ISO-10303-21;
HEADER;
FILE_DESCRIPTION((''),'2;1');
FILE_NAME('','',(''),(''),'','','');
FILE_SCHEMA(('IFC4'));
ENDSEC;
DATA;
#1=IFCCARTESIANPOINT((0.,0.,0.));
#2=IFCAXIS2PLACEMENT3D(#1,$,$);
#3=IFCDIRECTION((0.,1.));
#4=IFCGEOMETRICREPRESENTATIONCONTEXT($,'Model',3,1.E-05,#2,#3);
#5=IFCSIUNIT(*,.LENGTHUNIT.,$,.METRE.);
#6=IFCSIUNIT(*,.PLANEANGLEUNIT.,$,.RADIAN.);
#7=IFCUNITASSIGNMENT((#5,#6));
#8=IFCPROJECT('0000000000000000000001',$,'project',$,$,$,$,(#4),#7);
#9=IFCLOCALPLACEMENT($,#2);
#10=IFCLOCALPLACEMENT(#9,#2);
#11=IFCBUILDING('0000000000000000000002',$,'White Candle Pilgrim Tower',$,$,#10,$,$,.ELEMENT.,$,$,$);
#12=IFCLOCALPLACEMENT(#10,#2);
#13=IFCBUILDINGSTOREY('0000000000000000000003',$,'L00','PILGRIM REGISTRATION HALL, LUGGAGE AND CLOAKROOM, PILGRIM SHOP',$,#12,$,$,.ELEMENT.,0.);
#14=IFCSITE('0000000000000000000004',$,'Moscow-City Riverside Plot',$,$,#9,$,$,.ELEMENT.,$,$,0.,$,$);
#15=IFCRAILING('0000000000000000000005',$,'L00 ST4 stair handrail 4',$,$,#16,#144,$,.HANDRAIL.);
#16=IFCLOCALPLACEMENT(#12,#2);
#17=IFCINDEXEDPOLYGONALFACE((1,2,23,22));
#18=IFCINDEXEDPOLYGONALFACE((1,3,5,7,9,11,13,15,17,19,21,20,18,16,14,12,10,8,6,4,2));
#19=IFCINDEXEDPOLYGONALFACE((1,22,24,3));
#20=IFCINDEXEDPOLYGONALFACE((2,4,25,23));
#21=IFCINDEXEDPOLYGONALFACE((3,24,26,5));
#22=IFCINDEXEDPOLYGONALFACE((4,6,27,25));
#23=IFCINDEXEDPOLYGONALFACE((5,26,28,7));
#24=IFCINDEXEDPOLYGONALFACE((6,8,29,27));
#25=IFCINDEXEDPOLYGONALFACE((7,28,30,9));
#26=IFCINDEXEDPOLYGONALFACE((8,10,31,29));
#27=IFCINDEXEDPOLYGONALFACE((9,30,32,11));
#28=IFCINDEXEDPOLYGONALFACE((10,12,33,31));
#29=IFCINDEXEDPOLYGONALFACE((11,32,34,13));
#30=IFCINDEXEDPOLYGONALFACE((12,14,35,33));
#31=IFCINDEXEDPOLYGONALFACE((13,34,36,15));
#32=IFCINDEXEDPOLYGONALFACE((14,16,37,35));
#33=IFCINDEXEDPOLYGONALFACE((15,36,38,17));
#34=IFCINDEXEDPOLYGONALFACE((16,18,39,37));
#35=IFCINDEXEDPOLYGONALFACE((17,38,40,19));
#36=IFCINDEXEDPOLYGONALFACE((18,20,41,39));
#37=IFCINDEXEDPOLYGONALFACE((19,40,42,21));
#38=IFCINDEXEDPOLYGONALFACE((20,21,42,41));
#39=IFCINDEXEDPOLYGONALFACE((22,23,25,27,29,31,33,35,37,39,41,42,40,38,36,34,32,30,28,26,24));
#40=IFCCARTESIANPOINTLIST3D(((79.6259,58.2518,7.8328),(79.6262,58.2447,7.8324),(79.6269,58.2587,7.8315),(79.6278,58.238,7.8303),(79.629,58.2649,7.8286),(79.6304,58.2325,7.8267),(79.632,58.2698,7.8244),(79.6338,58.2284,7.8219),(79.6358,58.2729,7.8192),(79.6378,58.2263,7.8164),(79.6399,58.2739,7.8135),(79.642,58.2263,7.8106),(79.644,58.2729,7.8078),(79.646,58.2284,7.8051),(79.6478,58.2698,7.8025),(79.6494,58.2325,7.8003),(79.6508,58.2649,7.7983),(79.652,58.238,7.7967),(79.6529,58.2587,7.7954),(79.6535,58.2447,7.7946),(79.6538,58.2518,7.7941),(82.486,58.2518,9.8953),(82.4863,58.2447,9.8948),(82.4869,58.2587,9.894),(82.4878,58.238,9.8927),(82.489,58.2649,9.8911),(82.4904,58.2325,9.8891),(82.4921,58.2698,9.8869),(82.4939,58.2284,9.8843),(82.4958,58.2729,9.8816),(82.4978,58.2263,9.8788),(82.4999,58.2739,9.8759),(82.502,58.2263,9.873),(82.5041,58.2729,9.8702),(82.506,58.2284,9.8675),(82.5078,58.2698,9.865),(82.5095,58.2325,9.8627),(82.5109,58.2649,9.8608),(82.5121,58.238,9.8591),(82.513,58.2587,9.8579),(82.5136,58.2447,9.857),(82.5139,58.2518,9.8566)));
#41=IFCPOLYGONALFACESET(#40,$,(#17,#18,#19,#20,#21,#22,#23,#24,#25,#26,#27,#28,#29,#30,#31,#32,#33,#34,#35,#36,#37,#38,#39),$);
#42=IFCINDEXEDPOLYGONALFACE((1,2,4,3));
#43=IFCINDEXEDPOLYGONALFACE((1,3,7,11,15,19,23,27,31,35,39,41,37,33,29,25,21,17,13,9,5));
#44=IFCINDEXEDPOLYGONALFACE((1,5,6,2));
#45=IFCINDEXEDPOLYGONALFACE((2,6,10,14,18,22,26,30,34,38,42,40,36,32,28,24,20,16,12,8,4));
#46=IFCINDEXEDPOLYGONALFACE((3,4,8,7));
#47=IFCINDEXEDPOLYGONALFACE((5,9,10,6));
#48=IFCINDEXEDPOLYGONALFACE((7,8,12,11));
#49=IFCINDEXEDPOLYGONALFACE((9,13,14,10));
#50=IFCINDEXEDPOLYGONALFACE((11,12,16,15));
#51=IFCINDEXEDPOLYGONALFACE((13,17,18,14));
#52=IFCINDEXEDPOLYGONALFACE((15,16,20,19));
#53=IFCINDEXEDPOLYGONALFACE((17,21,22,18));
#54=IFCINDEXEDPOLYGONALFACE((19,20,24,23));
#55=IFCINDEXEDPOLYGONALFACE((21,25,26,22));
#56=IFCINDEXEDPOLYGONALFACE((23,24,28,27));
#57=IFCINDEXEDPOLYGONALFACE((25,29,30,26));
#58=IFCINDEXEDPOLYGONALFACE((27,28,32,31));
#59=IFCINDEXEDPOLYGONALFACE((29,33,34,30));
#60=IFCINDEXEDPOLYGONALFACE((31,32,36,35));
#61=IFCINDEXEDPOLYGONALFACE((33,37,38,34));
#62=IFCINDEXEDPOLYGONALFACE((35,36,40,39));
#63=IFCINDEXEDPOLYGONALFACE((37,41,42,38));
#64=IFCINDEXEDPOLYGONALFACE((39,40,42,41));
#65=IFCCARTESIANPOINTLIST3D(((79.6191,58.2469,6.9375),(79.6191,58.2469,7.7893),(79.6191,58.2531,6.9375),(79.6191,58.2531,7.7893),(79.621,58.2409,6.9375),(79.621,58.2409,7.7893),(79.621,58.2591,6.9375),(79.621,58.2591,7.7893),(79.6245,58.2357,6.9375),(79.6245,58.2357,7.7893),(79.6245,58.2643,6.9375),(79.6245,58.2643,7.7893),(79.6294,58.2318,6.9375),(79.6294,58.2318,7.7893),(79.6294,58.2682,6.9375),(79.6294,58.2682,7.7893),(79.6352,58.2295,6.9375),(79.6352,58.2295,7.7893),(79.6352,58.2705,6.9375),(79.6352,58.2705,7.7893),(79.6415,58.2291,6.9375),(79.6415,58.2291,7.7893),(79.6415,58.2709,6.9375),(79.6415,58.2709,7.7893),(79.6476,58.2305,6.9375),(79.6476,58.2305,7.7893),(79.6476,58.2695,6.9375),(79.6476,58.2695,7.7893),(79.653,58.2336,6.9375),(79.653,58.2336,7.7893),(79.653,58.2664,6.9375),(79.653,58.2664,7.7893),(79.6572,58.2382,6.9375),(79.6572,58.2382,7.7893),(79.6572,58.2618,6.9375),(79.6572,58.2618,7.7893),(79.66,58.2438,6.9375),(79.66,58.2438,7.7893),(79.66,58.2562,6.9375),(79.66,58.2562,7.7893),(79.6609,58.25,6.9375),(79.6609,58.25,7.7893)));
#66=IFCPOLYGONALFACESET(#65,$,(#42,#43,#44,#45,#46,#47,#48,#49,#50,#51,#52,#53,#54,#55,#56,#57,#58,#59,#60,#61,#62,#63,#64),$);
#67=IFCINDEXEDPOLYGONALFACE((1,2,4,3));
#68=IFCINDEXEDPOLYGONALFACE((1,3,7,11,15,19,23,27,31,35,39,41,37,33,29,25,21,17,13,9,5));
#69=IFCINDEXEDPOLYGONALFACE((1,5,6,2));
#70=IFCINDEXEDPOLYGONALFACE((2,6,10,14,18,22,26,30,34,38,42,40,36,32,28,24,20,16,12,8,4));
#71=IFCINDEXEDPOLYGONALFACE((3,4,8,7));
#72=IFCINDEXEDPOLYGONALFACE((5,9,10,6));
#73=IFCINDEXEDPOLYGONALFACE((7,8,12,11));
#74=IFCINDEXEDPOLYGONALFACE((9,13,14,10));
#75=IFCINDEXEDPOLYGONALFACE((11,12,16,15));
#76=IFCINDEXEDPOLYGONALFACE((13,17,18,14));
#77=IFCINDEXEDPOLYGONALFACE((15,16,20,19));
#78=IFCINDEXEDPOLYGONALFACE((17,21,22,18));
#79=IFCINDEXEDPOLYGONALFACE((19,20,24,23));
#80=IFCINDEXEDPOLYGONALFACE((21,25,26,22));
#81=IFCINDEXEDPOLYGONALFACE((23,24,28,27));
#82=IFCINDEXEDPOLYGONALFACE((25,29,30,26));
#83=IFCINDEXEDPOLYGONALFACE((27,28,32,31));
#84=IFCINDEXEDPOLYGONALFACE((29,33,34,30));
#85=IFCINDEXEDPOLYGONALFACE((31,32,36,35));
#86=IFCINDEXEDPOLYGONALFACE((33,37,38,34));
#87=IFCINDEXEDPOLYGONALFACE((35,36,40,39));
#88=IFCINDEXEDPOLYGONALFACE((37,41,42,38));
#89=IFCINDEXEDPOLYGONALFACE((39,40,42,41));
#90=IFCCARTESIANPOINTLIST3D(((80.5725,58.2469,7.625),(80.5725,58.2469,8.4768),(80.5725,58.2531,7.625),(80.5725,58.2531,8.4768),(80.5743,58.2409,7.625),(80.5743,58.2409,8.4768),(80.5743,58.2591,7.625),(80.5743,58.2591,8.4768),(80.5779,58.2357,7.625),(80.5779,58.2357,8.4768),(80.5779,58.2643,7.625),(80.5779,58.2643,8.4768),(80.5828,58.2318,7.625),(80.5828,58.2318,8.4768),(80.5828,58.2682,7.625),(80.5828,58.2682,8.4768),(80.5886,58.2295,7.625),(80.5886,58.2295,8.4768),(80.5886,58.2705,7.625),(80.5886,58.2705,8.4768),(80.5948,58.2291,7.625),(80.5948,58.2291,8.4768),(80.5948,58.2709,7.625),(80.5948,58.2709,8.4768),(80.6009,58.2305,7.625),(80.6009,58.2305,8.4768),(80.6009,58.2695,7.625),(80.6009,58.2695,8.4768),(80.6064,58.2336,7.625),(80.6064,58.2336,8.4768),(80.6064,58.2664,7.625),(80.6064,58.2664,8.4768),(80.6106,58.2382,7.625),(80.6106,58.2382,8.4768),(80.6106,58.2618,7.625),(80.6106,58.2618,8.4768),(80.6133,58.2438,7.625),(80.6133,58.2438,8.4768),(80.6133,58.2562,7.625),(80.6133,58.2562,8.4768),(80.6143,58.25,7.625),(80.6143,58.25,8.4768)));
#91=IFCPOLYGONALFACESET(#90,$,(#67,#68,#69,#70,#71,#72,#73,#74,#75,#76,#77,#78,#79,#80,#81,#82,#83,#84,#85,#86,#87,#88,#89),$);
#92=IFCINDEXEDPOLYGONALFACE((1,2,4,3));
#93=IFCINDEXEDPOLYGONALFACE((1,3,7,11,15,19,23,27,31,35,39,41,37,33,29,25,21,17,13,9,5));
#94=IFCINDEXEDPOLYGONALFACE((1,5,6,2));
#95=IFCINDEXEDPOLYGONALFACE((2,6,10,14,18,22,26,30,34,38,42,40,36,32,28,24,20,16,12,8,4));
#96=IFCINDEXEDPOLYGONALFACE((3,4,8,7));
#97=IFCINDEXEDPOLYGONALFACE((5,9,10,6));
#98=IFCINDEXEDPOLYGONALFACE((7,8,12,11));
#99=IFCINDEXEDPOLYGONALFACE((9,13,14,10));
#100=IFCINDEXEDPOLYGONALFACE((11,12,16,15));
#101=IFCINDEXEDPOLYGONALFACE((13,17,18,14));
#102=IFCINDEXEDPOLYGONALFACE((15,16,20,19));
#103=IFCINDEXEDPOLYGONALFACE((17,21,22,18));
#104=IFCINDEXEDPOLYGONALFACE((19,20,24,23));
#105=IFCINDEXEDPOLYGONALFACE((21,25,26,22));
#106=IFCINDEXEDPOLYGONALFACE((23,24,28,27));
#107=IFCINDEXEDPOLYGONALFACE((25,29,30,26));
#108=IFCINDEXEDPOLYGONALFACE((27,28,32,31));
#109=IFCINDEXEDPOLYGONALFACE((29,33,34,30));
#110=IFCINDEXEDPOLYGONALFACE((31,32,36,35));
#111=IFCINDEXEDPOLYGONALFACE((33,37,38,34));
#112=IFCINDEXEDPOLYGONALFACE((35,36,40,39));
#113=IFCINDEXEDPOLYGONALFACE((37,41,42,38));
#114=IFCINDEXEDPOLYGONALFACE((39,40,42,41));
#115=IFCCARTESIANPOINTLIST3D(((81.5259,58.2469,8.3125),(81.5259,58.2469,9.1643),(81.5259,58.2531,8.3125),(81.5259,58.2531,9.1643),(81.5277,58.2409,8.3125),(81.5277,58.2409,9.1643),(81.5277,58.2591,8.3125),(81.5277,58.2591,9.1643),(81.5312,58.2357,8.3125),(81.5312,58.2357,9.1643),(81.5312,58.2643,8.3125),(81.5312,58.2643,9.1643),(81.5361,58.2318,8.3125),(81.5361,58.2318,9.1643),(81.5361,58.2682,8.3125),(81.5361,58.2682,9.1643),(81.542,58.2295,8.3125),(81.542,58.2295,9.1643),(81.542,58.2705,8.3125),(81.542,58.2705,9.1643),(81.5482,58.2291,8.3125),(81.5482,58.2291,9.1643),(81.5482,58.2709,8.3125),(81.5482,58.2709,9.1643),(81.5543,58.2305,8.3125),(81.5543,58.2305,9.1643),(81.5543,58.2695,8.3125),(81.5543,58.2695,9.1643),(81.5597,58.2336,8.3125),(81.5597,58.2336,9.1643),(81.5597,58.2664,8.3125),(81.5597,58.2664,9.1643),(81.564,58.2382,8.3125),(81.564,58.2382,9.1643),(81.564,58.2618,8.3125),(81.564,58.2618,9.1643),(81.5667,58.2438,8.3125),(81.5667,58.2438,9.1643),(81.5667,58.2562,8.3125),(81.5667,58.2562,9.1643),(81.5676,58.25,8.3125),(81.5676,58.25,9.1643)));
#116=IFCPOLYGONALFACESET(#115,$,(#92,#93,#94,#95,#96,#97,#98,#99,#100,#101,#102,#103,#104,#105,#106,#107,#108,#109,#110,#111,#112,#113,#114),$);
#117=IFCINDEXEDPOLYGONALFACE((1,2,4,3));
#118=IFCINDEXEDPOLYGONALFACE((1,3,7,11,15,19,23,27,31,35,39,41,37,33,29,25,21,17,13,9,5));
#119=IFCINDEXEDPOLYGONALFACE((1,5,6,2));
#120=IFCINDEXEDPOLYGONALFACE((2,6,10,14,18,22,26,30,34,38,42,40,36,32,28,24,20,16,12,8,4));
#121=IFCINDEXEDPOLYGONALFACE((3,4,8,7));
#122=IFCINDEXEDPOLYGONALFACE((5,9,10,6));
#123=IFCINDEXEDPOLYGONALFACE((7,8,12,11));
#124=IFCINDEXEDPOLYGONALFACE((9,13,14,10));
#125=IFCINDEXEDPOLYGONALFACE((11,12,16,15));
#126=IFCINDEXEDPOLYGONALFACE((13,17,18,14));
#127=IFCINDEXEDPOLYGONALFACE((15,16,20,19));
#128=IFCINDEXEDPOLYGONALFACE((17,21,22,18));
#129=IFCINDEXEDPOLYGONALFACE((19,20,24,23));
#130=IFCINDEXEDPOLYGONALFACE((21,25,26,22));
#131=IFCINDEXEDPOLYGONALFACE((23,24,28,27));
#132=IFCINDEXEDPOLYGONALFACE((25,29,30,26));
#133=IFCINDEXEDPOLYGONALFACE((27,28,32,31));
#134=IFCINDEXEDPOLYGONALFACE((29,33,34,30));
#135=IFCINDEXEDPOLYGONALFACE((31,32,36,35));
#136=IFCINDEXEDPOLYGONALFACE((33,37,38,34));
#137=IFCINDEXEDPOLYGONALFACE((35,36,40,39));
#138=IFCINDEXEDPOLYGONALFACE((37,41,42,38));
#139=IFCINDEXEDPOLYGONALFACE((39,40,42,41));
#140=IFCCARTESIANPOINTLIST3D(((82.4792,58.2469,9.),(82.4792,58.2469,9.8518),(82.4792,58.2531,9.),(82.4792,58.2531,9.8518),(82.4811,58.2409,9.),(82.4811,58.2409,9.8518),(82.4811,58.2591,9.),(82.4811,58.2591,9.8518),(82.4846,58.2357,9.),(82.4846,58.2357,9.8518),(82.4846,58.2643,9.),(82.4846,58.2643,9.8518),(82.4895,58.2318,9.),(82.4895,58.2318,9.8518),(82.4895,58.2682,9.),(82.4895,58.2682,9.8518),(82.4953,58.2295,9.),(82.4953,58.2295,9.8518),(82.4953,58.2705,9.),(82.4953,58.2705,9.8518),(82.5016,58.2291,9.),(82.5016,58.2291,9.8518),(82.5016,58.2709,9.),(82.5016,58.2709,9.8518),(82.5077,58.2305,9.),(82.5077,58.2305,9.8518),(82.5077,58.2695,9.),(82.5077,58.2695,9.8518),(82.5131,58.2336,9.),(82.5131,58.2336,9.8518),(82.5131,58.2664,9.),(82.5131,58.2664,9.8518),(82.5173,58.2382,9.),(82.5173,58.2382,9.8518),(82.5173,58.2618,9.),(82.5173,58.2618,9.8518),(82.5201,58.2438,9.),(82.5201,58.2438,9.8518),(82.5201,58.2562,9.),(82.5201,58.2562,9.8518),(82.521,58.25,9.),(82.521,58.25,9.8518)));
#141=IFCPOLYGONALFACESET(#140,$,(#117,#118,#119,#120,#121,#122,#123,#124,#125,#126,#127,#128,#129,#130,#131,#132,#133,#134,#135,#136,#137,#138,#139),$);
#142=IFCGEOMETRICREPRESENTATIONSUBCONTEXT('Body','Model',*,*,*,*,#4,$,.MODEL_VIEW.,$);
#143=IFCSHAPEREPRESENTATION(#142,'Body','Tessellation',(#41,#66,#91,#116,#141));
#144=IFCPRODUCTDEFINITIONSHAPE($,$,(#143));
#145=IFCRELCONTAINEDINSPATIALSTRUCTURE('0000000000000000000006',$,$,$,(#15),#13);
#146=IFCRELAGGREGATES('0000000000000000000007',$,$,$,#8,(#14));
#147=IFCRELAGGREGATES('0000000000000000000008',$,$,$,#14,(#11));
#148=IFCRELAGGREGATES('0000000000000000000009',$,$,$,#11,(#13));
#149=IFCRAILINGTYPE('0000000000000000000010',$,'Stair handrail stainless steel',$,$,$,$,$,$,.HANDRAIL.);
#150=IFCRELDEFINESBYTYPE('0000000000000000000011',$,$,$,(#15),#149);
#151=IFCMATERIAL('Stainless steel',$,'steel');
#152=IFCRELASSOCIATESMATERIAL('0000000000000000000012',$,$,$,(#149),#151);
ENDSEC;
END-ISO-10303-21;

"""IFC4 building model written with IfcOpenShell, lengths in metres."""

from ifc_helpers import new_model, si_unit, direction, frame, origin, origin_2d, place, context, subcontext, project, spatial, circle, extrude, material, type_object, element, save


model = new_model("IFC4")

# Units and contexts
model_context = context("Model", 3, precision=1e-05, world=origin(), true_north=direction((0.0, 1.0)))
body_context = subcontext(model_context, "Body", "Model", "MODEL_VIEW")
ifc_project = project(units=[si_unit("LENGTHUNIT", "METRE"), si_unit("PLANEANGLEUNIT", "RADIAN")], contexts=[model_context])

# Site, building, storey
site_placement = place(None, origin())
site = spatial("IfcSite", under=ifc_project, at=site_placement, Name="Moscow-City Riverside Plot", CompositionType="ELEMENT", RefElevation=0.0)
building_placement = place(site_placement, origin())
building = spatial("IfcBuilding", under=site, at=building_placement, Name="White Candle Pilgrim Tower", CompositionType="ELEMENT")
storey_placement = place(building_placement, origin())
storey = spatial("IfcBuildingStorey", under=building, at=storey_placement, Name="L00", Description="PILGRIM REGISTRATION HALL, LUGGAGE AND CLOAKROOM, PILGRIM SHOP", CompositionType="ELEMENT", Elevation=0.0)

# Railing
ifc_material_1 = material(Name="Stainless steel", Category="steel")
railing_type_1 = type_object("IfcRailingType", Name="Stair handrail stainless steel", PredefinedType="HANDRAIL", material=ifc_material_1)
railing_1_placement = place(storey_placement, frame((79.6399, 58.25, 6.9375)))
element("IfcRailing", 1, at=railing_1_placement, inside=storey, type_object=railing_type_1, Name="L00 ST4 stair handrail 4", PredefinedType="HANDRAIL", context=body_context, shape_type="SweptSolid", body=[
    extrude(circle(Radius=0.0239, at=origin_2d()), frame((0.0, 0.0, 0.876), z_axis=(0.811101, 0.0, 0.584906), x_axis=(0.0, 1.0, 0.0)), (0.0, 0.0, 1.0), 3.5261),
    extrude(circle(Radius=0.021, at=origin_2d()), origin(), (0.0, 0.0, 1.0), 0.8518),
    extrude(circle(Radius=0.021, at=origin_2d()), frame((0.9534, 0.0, 0.6875)), (0.0, 0.0, 1.0), 0.8518),
    extrude(circle(Radius=0.021, at=origin_2d()), frame((1.9067, 0.0, 1.375)), (0.0, 0.0, 1.0), 0.8518),
    extrude(circle(Radius=0.021, at=origin_2d()), frame((2.8601, 0.0, 2.0625)), (0.0, 0.0, 1.0), 0.8518),
])

save(model, "model.ifc")
